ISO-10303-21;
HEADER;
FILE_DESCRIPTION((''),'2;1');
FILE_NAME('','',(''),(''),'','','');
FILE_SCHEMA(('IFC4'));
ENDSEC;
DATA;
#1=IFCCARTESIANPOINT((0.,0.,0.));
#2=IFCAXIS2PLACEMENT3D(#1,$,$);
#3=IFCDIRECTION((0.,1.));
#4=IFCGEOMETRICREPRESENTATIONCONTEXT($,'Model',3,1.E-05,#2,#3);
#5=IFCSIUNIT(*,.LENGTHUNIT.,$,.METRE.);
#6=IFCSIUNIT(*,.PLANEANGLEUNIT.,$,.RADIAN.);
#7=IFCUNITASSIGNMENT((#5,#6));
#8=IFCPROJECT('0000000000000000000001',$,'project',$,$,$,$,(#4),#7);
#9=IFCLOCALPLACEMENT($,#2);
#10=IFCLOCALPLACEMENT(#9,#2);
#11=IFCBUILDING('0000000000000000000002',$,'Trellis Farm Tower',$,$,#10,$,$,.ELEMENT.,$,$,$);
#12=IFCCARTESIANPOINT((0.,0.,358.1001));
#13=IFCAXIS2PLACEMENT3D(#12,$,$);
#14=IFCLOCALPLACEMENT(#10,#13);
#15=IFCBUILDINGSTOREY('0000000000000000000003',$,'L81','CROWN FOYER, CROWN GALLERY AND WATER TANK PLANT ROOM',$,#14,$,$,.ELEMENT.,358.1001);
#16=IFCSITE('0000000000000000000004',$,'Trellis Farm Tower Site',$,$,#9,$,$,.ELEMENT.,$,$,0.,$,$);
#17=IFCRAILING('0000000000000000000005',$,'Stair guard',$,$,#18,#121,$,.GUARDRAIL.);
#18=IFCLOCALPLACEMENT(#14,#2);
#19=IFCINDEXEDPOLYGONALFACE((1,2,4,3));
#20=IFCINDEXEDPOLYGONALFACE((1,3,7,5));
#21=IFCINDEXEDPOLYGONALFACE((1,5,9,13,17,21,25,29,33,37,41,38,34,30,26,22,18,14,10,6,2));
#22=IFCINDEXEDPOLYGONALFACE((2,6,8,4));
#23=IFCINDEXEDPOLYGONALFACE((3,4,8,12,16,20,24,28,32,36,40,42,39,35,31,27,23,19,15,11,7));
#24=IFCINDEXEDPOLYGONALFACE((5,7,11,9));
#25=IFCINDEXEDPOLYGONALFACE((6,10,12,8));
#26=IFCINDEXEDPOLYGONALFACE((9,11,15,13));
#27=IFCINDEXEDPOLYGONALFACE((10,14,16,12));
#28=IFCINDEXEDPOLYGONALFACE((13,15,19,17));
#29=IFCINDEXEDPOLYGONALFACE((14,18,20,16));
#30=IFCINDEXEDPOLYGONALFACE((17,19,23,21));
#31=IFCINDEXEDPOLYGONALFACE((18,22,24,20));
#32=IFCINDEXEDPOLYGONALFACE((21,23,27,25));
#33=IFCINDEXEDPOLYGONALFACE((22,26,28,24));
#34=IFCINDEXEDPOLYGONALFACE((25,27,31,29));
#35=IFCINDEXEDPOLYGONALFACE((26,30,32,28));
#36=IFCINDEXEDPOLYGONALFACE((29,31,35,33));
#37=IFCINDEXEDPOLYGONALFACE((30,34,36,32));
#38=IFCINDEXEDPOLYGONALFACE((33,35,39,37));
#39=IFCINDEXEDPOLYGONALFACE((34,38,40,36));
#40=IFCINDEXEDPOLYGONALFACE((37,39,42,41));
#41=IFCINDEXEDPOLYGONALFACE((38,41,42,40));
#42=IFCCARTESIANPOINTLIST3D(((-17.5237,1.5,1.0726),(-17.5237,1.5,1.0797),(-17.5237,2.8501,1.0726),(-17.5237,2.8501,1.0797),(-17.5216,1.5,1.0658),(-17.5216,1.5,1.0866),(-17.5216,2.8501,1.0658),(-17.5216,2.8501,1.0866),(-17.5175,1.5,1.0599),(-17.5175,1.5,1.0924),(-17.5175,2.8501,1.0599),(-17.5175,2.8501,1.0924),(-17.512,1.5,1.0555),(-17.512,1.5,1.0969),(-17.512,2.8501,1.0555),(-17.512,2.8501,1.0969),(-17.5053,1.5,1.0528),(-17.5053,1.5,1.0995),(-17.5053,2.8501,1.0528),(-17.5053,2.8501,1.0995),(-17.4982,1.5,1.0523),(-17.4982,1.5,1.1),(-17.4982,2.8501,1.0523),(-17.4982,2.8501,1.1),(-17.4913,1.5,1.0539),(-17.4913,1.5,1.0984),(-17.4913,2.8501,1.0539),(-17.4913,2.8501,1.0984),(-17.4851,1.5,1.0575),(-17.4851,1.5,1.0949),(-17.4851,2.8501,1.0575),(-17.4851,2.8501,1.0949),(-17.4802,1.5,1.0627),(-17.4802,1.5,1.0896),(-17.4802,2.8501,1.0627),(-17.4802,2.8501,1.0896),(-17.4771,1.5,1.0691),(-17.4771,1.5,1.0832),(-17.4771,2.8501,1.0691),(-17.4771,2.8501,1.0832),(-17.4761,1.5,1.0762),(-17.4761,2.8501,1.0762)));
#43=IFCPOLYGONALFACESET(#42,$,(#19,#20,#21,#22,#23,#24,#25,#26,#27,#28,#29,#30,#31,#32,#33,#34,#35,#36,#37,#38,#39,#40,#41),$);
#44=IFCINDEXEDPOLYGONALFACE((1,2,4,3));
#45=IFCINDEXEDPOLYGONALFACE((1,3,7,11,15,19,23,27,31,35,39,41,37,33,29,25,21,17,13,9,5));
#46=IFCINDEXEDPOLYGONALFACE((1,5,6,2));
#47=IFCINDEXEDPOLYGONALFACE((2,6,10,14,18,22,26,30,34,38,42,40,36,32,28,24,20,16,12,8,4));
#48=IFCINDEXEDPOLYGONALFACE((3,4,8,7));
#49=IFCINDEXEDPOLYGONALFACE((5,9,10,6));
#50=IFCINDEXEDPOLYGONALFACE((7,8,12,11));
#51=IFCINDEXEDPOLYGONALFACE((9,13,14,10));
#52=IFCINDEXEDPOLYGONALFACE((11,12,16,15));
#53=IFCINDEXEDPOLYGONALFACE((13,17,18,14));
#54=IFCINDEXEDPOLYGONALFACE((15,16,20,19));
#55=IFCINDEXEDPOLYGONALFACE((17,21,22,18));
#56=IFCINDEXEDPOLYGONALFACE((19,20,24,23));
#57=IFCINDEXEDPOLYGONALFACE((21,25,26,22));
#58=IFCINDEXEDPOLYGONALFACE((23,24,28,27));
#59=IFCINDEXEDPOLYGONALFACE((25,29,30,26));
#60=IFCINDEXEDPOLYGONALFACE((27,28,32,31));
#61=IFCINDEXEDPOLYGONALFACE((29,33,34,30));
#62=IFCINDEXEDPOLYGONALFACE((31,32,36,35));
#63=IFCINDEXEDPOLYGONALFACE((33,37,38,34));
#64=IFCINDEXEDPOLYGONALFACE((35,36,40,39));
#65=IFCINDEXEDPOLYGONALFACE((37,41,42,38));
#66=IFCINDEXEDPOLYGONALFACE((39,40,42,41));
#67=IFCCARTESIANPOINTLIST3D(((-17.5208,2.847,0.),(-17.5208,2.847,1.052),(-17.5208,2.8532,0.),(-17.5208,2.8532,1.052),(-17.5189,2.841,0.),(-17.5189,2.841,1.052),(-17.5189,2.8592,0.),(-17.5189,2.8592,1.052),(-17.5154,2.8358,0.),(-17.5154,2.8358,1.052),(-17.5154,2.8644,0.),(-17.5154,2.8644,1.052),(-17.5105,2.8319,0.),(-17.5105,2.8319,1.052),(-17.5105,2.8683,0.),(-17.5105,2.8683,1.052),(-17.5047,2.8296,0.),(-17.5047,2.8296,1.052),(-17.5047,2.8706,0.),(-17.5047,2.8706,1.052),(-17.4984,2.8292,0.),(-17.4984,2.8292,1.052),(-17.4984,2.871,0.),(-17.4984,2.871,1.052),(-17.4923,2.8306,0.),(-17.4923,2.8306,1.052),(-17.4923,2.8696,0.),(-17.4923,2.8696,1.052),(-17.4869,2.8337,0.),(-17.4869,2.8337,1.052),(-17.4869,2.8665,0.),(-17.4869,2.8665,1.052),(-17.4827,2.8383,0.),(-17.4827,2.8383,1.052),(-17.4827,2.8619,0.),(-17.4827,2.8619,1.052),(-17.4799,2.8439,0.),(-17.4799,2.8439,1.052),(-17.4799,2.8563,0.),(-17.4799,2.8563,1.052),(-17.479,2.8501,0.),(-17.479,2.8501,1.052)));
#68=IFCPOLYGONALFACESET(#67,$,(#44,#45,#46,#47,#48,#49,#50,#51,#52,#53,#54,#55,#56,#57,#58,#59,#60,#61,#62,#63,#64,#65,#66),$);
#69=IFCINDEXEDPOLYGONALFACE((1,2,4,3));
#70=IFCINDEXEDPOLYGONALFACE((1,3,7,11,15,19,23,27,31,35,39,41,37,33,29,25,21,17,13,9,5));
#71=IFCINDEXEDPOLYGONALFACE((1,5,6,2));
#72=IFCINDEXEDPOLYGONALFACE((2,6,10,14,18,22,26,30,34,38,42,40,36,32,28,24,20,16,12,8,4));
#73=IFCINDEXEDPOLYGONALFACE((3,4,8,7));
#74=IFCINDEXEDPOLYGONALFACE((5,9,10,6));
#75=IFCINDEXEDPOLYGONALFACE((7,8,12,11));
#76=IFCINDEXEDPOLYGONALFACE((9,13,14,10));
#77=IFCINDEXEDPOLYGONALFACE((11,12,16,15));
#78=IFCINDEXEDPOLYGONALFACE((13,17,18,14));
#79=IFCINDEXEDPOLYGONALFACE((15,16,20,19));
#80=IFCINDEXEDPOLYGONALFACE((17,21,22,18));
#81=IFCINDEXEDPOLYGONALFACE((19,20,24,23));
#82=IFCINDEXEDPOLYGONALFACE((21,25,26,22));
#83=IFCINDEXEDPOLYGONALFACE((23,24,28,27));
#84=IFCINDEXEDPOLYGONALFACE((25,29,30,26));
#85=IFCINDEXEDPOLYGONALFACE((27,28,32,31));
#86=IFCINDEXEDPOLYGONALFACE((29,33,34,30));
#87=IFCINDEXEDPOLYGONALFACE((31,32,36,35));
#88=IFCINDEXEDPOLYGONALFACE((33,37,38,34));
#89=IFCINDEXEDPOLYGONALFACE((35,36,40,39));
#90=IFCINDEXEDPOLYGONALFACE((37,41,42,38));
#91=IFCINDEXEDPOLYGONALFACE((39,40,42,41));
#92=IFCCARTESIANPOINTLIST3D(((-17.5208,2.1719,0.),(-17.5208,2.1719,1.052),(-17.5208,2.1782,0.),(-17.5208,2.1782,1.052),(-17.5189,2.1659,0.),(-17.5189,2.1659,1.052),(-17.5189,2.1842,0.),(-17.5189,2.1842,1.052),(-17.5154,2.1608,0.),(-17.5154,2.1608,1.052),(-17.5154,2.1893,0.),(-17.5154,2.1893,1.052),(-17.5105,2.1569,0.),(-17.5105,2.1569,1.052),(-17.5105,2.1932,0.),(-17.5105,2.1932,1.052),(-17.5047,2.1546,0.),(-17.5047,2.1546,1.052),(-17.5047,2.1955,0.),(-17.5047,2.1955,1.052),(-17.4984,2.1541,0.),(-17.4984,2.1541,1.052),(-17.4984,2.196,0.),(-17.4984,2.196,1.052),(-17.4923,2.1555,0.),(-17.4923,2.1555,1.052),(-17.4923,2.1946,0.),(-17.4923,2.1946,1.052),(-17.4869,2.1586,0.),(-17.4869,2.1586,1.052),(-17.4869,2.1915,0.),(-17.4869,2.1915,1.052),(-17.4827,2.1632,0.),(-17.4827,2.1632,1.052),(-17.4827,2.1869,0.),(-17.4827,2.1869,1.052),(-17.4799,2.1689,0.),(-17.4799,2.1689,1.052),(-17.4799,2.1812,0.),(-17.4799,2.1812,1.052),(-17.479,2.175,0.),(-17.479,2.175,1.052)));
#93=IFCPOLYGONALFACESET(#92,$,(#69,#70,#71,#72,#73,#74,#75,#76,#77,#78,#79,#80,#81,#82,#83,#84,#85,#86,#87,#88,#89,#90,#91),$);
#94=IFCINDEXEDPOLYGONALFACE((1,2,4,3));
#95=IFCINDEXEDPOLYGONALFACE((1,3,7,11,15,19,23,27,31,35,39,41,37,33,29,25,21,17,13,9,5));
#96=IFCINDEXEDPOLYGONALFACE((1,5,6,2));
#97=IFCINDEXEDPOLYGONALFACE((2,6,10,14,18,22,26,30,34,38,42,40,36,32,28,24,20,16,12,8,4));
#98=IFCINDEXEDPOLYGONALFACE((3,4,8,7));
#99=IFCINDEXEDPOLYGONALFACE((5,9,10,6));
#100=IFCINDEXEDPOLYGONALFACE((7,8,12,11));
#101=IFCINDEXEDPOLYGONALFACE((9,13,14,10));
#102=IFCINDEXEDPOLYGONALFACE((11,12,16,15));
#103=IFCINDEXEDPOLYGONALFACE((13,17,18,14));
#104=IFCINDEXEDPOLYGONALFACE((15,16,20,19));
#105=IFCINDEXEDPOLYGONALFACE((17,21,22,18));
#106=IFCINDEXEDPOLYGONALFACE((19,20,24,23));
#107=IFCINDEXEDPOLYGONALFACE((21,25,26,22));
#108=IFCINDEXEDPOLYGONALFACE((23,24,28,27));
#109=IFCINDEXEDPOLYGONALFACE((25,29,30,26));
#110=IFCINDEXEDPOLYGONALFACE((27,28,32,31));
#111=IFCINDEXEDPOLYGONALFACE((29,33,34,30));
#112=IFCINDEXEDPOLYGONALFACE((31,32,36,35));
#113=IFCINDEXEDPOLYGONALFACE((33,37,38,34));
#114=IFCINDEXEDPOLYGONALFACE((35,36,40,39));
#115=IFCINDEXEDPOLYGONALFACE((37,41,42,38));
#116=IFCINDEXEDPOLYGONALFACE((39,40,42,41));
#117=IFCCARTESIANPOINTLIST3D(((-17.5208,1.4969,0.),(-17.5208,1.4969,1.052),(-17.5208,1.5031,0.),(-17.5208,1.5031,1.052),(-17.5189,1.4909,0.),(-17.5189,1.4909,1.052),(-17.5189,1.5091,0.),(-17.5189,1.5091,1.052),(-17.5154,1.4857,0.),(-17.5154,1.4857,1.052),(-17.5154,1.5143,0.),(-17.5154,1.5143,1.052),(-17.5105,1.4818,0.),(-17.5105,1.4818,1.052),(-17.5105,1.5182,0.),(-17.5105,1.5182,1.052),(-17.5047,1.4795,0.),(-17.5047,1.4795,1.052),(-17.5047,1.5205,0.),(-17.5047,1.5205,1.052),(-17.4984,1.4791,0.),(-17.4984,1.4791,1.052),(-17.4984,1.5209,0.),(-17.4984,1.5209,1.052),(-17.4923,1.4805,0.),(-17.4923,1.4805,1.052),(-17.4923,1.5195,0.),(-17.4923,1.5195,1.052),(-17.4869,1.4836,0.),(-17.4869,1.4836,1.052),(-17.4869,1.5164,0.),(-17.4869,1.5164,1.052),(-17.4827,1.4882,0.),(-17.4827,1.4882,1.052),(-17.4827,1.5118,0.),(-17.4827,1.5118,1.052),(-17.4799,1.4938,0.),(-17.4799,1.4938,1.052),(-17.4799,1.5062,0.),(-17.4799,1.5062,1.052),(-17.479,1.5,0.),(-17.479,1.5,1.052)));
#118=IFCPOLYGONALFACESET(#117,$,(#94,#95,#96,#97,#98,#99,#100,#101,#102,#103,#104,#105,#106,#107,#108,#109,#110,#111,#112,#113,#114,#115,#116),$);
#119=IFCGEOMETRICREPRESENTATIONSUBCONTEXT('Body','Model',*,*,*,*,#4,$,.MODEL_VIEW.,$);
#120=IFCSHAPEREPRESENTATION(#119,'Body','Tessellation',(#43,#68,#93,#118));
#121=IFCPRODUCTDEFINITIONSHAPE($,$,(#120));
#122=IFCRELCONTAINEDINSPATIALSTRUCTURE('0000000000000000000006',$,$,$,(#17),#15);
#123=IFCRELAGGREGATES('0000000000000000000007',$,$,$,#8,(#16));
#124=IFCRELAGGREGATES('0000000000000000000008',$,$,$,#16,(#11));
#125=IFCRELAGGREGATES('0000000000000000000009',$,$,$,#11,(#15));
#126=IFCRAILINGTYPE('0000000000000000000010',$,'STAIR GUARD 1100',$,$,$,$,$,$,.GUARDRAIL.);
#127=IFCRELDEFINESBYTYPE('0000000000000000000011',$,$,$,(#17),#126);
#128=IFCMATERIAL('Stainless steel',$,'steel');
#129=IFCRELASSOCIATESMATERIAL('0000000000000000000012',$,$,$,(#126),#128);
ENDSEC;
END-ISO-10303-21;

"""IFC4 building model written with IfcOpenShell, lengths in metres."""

from ifc_helpers import new_model, si_unit, direction, frame, origin, origin_2d, place, context, subcontext, project, spatial, circle, extrude, source, transform, mapped, material, type_object, element, save


model = new_model("IFC4")

# Units and contexts
model_context = context("Model", 3, precision=1e-05, world=origin(), true_north=direction((0.0, 1.0)))
body_context = subcontext(model_context, "Body", "Model", "MODEL_VIEW")
ifc_project = project(units=[si_unit("LENGTHUNIT", "METRE"), si_unit("PLANEANGLEUNIT", "RADIAN")], contexts=[model_context])

# Site, building, storey
site_placement = place(None, origin())
site = spatial("IfcSite", under=ifc_project, at=site_placement, Name="Trellis Farm Tower Site", CompositionType="ELEMENT", RefElevation=0.0)
building_placement = place(site_placement, origin())
building = spatial("IfcBuilding", under=site, at=building_placement, Name="Trellis Farm Tower", CompositionType="ELEMENT")
storey_placement = place(building_placement, frame((0.0, 0.0, 358.1001)))
storey = spatial("IfcBuildingStorey", under=building, at=storey_placement, Name="L81", Description="CROWN FOYER, CROWN GALLERY AND WATER TANK PLANT ROOM", CompositionType="ELEMENT", Elevation=358.1001)

# Railing
ifc_material_1 = material(Name="Stainless steel", Category="steel")
railing_type = type_object("IfcRailingType", Name="STAIR GUARD 1100", PredefinedType="GUARDRAIL", material=ifc_material_1)
shared_shape_1 = source(origin(), body_context, "Body", "SweptSolid", [
    extrude(circle(Radius=0.0239, at=origin_2d()), frame((0.0, 0.0, 1.0762), z_axis=(0.0, -1.0, 0.0), x_axis=(1.0, 0.0, 0.0)), (0.0, 0.0, 1.0), 1.3501),
    extrude(circle(Radius=0.021, at=origin_2d()), origin(), (0.0, 0.0, 1.0), 1.052),
    extrude(circle(Radius=0.021, at=origin_2d()), frame((0.0, -0.675, 0.0)), (0.0, 0.0, 1.0), 1.052),
    extrude(circle(Radius=0.021, at=origin_2d()), frame((0.0, -1.3501, 0.0)), (0.0, 0.0, 1.0), 1.052),
])
for number, where, name in (
    (1, (-17.5, 2.8501, 0.0), "Stair guard"),
):
    element("IfcRailing", number, at=place(storey_placement, frame(where)), inside=storey, type_object=railing_type, Name=name, PredefinedType="GUARDRAIL", context=body_context, shape_type="MappedRepresentation", body=[
        mapped(shared_shape_1, transform((0.0, 0.0, 0.0))),
    ])

save(model, "model.ifc")
